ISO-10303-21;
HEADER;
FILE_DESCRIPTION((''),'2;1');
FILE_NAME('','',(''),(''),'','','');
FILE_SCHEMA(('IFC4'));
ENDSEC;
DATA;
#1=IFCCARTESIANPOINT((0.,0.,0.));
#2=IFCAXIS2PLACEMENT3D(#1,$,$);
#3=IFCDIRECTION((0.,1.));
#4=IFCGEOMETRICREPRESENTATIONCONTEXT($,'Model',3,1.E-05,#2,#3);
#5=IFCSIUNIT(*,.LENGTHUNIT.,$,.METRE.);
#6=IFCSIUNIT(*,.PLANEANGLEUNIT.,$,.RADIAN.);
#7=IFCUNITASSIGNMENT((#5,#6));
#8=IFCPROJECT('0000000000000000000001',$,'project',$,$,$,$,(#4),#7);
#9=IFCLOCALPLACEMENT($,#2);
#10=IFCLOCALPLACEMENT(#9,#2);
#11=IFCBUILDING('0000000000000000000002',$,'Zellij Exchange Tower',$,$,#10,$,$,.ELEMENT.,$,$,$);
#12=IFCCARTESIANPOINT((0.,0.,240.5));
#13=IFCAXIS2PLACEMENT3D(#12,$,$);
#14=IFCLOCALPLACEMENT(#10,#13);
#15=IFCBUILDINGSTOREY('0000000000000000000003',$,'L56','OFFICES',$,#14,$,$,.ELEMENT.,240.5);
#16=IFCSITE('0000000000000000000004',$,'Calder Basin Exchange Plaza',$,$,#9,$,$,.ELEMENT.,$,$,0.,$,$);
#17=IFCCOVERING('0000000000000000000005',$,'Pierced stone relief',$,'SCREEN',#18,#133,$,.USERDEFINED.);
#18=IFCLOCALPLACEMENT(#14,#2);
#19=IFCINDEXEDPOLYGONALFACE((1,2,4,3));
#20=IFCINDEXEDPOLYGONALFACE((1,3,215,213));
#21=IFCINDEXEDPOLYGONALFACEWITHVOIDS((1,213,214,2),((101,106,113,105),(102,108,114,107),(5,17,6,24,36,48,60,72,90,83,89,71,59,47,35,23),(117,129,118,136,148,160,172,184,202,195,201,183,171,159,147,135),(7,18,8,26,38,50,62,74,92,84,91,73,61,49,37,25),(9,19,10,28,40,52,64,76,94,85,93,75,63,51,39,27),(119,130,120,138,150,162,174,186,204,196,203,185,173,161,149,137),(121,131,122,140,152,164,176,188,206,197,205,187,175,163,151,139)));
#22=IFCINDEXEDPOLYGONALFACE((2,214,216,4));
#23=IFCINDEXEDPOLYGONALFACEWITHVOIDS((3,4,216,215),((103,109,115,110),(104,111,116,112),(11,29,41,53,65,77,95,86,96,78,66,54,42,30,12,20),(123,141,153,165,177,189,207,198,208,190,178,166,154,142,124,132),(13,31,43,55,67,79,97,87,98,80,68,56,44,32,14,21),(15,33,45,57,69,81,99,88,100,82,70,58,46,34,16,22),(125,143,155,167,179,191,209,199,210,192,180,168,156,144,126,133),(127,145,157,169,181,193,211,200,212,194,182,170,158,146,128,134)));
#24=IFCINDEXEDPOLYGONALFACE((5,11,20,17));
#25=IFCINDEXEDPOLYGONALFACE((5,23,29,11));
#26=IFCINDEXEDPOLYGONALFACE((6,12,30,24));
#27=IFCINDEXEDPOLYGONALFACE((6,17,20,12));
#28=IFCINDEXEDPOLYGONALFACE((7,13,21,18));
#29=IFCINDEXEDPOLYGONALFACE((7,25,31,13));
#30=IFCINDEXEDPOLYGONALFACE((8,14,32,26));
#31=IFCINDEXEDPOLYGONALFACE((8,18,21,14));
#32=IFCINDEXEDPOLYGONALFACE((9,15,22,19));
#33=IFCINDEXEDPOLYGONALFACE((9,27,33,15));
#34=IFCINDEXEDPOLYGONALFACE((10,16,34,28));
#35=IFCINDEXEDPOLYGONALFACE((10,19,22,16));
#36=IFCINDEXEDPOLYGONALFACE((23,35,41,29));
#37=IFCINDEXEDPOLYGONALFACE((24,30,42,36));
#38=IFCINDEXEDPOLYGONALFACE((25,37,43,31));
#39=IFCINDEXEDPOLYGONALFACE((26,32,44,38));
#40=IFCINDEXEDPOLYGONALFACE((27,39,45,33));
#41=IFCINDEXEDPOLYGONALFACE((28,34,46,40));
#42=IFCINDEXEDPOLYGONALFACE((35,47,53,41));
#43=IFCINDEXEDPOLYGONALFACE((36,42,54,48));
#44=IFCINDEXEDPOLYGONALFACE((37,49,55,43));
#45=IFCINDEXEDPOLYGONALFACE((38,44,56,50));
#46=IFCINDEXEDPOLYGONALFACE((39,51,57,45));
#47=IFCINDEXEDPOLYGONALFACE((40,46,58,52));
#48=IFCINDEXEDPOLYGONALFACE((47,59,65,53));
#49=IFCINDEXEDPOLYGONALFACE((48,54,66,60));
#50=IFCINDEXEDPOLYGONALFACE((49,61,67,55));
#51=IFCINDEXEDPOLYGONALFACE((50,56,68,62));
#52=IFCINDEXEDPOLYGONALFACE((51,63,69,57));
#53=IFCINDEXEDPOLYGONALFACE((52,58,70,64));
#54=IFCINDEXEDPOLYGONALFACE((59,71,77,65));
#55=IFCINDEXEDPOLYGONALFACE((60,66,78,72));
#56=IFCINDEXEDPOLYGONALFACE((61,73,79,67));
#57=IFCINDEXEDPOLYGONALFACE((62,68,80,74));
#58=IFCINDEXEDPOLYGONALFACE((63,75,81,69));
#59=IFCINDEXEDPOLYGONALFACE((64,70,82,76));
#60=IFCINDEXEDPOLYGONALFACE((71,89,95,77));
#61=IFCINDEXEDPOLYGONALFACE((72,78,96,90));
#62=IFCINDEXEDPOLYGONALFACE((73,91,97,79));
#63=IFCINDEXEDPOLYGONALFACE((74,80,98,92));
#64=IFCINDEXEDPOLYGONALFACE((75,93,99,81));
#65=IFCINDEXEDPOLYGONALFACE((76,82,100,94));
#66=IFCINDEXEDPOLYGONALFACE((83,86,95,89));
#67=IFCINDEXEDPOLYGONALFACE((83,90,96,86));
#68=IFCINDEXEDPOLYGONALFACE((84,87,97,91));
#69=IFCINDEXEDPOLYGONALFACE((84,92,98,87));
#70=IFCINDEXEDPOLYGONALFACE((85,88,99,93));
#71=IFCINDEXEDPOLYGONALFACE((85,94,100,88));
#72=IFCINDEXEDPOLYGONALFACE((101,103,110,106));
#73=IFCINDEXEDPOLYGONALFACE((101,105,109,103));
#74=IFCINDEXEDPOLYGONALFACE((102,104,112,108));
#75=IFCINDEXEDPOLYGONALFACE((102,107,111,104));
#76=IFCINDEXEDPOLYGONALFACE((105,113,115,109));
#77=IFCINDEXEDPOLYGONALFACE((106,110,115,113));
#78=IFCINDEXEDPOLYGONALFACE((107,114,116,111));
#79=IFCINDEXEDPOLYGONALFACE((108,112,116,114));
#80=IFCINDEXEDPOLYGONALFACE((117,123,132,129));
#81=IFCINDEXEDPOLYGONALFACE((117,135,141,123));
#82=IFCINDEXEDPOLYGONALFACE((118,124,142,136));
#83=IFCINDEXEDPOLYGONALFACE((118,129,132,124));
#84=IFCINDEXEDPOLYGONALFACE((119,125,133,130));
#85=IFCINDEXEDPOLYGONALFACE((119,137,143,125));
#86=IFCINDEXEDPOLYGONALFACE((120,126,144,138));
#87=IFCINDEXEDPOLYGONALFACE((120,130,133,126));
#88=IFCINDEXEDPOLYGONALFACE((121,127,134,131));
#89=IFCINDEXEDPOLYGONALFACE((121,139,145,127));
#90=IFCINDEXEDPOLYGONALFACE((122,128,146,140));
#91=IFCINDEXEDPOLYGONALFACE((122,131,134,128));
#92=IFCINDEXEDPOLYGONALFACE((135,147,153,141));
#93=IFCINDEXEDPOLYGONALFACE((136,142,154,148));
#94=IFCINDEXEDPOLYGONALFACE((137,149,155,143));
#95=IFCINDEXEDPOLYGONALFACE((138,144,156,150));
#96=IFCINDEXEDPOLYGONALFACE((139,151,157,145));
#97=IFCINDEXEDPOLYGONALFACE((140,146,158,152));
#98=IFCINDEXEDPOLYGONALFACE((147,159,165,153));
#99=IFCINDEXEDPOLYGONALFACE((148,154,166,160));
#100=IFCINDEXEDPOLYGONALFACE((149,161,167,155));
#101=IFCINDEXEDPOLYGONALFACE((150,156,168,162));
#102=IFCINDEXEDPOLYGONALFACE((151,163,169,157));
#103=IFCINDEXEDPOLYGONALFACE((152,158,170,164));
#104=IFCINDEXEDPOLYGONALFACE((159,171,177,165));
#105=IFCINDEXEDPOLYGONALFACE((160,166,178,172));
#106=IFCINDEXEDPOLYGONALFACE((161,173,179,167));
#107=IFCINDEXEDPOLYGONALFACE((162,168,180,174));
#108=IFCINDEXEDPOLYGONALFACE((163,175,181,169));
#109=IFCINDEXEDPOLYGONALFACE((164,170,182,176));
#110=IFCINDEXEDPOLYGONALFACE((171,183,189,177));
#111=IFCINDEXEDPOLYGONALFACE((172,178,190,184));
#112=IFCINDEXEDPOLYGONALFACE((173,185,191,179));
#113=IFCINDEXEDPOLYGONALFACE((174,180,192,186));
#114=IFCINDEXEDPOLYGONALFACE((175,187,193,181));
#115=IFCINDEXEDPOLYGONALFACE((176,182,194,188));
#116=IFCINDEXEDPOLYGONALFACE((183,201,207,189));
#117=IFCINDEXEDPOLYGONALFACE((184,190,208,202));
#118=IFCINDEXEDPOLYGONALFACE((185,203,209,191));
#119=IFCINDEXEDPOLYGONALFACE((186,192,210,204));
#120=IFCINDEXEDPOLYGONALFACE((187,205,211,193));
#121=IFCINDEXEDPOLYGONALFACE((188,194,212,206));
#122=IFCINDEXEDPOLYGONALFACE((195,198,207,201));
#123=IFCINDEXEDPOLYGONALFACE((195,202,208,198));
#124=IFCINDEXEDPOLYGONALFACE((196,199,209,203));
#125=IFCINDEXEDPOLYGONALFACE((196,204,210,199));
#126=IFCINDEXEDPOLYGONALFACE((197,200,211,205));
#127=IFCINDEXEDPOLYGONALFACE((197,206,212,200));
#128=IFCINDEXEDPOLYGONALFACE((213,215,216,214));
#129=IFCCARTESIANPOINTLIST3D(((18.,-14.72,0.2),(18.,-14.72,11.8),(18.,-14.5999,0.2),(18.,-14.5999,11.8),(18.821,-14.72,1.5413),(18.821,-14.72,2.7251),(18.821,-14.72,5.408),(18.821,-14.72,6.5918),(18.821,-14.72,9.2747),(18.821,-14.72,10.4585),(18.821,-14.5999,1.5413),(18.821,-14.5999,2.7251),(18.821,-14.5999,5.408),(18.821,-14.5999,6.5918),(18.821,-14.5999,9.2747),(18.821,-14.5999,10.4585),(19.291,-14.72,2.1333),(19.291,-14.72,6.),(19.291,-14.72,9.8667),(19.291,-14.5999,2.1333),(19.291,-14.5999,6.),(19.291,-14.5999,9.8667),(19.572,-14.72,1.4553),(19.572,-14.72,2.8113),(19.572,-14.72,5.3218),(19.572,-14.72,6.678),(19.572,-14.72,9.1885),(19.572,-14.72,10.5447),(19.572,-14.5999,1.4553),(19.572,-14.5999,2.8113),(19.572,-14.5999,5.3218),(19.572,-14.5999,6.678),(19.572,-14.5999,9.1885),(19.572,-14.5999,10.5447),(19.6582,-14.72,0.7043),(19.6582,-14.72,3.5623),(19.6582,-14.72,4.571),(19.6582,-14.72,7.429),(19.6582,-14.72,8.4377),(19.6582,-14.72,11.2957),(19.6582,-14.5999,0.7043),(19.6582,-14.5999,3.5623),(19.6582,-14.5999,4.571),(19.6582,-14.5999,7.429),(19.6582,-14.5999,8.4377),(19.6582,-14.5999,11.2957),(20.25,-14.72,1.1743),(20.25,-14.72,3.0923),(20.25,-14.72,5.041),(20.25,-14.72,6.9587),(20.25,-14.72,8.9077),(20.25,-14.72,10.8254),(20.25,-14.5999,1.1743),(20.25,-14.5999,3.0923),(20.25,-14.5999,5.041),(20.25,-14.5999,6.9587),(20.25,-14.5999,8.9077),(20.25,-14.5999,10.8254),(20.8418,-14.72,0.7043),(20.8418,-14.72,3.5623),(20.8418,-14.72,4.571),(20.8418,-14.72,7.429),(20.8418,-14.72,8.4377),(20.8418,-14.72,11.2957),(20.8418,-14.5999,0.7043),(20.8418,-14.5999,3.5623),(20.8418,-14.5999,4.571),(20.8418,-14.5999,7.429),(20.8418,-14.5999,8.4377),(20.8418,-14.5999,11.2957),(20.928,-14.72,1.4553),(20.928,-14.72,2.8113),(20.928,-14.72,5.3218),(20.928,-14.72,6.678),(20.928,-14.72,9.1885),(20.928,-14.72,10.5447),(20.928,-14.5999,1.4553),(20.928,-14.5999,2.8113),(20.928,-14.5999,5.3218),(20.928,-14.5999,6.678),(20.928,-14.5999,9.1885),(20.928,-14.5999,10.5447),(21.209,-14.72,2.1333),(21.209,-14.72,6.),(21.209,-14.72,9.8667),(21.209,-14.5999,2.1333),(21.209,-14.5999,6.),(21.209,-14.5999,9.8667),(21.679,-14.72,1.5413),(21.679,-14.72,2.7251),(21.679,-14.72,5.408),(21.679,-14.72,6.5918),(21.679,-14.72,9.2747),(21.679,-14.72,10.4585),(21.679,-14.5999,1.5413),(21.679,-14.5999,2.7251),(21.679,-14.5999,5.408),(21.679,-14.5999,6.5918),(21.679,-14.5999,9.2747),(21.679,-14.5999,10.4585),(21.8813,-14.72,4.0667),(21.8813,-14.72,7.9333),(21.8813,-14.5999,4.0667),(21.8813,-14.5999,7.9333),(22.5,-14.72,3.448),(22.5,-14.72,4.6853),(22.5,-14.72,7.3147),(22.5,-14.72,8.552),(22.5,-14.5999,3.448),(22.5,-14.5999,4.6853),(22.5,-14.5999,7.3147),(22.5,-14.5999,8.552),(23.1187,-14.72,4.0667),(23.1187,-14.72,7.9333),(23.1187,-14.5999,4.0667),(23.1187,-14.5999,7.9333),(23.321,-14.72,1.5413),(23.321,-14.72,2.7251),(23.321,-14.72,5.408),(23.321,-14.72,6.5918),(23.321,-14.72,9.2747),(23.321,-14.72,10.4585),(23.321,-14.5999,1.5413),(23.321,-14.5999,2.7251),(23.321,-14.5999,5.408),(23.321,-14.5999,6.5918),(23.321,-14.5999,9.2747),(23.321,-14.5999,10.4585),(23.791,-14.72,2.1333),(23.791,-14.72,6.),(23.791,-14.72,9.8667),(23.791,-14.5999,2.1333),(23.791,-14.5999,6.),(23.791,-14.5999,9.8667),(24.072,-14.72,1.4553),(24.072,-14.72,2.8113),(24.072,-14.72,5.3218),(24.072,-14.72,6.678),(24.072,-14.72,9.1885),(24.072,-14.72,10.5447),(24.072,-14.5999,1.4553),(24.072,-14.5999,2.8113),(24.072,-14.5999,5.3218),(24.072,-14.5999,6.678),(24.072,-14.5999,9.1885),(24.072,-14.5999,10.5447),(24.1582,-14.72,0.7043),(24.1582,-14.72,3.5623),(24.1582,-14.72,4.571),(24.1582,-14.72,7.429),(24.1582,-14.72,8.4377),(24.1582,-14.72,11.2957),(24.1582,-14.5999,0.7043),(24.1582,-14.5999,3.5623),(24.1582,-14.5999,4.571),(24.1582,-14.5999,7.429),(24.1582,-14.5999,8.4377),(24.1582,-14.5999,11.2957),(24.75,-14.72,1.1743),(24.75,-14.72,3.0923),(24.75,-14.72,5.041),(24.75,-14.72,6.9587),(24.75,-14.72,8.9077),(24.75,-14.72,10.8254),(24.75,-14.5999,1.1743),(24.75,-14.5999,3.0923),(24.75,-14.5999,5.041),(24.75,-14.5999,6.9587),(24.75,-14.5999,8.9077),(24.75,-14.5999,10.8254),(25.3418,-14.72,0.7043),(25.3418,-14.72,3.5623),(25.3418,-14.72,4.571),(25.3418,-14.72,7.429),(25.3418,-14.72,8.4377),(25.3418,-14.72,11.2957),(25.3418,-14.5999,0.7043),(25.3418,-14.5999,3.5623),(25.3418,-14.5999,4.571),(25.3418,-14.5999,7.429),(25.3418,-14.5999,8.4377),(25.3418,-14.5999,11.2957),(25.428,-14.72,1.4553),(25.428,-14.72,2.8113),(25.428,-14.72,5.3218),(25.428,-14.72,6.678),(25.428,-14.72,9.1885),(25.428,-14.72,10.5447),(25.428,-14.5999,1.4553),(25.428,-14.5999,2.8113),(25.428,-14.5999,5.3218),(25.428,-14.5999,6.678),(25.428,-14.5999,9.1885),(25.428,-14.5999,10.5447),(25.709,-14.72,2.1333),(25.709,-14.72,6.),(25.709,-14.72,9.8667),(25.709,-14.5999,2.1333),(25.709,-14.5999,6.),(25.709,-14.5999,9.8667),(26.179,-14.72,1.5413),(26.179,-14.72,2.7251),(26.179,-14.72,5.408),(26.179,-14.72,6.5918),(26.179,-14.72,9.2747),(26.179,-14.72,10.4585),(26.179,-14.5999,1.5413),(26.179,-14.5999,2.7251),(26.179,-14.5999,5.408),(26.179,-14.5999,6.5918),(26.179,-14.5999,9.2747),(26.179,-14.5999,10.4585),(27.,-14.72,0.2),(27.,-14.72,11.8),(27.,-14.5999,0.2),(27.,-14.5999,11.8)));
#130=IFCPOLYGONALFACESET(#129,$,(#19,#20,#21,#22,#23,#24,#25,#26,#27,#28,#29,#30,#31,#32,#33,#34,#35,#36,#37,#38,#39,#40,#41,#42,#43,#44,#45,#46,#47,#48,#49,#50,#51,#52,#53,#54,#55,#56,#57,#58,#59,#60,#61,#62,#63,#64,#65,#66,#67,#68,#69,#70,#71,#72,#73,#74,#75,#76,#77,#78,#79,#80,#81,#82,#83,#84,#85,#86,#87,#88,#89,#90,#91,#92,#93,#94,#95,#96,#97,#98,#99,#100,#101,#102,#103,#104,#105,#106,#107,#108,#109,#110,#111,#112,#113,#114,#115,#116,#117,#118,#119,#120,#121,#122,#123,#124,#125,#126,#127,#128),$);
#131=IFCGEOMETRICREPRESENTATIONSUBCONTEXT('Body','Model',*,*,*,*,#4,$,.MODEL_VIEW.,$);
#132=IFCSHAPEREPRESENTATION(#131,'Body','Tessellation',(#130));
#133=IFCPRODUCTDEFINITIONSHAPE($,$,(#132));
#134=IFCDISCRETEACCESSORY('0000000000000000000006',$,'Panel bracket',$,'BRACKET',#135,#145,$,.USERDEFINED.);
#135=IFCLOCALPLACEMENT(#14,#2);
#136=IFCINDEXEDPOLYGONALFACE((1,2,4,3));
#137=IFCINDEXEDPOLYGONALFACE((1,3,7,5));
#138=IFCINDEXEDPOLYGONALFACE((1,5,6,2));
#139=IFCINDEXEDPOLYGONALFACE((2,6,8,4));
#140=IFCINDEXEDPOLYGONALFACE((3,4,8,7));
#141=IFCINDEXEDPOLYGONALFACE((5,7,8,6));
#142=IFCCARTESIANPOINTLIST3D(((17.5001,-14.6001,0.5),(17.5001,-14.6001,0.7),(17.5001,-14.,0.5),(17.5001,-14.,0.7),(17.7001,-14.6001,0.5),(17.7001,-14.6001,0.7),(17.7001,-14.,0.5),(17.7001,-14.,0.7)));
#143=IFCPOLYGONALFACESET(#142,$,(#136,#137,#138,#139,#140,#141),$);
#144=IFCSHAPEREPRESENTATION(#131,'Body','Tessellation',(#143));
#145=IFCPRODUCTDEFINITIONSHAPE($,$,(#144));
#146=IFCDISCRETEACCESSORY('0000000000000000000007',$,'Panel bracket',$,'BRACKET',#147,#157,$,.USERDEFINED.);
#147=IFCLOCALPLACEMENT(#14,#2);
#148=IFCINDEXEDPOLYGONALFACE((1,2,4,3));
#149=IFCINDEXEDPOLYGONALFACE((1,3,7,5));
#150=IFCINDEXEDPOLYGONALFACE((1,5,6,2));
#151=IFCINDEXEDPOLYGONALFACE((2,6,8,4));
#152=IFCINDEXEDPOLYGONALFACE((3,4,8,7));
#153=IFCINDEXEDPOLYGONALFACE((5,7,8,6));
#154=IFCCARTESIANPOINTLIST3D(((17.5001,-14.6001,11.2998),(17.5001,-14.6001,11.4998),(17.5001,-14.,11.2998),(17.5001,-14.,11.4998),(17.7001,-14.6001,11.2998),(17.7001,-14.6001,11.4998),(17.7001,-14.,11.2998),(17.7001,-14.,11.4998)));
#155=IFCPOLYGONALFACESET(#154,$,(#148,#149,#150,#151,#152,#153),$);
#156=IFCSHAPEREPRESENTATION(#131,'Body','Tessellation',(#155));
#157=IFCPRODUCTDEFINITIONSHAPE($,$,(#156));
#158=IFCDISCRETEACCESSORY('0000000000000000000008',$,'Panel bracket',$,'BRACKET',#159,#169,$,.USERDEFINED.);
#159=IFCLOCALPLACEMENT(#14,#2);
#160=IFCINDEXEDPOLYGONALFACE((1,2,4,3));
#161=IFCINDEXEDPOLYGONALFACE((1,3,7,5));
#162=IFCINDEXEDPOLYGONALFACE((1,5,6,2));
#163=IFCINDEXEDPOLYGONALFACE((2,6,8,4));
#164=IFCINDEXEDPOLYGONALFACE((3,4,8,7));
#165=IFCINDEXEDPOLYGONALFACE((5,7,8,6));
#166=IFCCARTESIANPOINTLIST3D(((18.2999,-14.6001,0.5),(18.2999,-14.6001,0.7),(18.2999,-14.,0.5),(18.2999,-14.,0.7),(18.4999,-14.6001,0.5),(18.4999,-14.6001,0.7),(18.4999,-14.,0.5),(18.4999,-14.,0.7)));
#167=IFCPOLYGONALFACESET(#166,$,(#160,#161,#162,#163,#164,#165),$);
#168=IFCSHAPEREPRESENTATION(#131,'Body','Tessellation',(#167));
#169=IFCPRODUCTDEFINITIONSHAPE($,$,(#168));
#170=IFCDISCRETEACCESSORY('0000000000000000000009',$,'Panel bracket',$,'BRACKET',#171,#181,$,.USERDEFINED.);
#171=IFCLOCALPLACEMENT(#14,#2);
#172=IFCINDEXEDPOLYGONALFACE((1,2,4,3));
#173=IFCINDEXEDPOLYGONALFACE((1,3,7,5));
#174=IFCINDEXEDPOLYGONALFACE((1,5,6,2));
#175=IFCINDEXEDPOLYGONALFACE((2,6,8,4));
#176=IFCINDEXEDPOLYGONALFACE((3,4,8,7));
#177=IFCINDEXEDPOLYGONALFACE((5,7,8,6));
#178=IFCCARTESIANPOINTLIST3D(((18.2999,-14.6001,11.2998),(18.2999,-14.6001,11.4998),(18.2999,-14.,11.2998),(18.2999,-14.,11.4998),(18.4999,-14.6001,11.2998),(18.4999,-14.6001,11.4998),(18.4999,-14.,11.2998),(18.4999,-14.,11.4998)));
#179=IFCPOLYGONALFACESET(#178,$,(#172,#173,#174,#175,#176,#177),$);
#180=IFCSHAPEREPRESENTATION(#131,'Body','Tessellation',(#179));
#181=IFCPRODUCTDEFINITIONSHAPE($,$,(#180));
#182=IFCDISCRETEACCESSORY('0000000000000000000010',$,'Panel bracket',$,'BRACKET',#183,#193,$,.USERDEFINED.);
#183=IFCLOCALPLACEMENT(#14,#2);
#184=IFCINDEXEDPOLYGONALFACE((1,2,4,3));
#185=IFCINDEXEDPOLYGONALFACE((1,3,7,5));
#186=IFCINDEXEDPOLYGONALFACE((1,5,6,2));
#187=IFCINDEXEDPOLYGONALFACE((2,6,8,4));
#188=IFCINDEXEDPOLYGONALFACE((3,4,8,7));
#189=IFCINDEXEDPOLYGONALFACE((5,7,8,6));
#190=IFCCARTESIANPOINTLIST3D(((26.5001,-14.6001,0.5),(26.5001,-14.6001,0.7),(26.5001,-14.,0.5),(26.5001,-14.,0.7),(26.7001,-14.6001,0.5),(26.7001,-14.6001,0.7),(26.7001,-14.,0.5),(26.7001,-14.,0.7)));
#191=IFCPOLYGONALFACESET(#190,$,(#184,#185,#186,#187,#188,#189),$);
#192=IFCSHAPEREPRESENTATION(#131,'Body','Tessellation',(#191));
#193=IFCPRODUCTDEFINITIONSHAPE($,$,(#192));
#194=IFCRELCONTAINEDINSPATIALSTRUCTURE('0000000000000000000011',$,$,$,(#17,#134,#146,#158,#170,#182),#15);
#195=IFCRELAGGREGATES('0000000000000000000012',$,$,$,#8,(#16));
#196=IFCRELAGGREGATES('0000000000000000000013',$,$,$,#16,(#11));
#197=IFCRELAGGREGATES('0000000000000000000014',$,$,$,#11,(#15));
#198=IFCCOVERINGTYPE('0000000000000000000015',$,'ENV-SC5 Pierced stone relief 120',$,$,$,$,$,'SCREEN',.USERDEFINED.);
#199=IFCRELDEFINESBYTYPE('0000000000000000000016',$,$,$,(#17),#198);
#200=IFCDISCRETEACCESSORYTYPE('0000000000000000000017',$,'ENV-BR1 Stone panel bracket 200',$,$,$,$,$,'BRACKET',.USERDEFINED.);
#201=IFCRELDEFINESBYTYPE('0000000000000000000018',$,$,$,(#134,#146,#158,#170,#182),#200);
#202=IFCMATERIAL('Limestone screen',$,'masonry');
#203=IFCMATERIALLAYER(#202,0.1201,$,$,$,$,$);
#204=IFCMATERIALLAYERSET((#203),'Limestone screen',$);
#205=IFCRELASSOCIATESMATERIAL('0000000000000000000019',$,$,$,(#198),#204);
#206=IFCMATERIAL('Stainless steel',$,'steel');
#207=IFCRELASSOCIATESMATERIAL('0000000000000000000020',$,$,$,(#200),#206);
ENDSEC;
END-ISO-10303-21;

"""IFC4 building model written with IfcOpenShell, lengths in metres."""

from ifc_helpers import new_model, si_unit, direction, frame, origin, origin_2d, place, context, subcontext, project, spatial, polyline, rectangle, outline, extrude, material, layer, layer_set, type_object, element, save


model = new_model("IFC4")

# Units and contexts
model_context = context("Model", 3, precision=1e-05, world=origin(), true_north=direction((0.0, 1.0)))
body_context = subcontext(model_context, "Body", "Model", "MODEL_VIEW")
ifc_project = project(units=[si_unit("LENGTHUNIT", "METRE"), si_unit("PLANEANGLEUNIT", "RADIAN")], contexts=[model_context])

# Site, building, storey
site_placement = place(None, origin())
site = spatial("IfcSite", under=ifc_project, at=site_placement, Name="Calder Basin Exchange Plaza", CompositionType="ELEMENT", RefElevation=0.0)
building_placement = place(site_placement, origin())
building = spatial("IfcBuilding", under=site, at=building_placement, Name="Zellij Exchange Tower", CompositionType="ELEMENT")
storey_placement = place(building_placement, frame((0.0, 0.0, 240.5)))
storey = spatial("IfcBuildingStorey", under=building, at=storey_placement, Name="L56", Description="OFFICES", CompositionType="ELEMENT", Elevation=240.5)

# Shared definitions
ifc_material_1 = material(Name="Stainless steel", Category="steel")

# Covering
ifc_material_2 = material(Name="Limestone screen", Category="masonry")
ifc_layer_1 = layer(ifc_material_2, 0.1201)
ifc_layer_set_1 = layer_set([ifc_layer_1], Name="Limestone screen")
covering_type = type_object("IfcCoveringType", Name="ENV-SC5 Pierced stone relief 120", ElementType="SCREEN", PredefinedType="USERDEFINED", material=ifc_layer_set_1)
covering_placement = place(storey_placement, frame((18.0, -14.6599, 0.2), z_axis=(0.0, 0.0, 1.0), x_axis=(1.0, 0.0, 0.0)))
element("IfcCovering", 1, at=covering_placement, inside=storey, type_object=covering_type, Name="Pierced stone relief", ObjectType="SCREEN", PredefinedType="USERDEFINED", context=body_context, shape_type="SweptSolid", body=[
    extrude(outline(polyline([(0.0, 0.0), (9.0, 0.0), (9.0, 11.6001), (0.0, 11.6001), (0.0, 0.0)]), holes=[polyline([(3.679, 2.5251), (2.928, 2.6113), (2.8418, 3.3623), (2.25, 2.8923), (1.6582, 3.3623), (1.572, 2.6113), (0.821, 2.5251), (1.291, 1.9333), (0.821, 1.3413), (1.572, 1.2554), (1.6582, 0.5044), (2.25, 0.9744), (2.8418, 0.5044), (2.928, 1.2554), (3.679, 1.3413), (3.209, 1.9333), (3.679, 2.5251)]), polyline([(3.679, 6.3918), (2.928, 6.478), (2.8418, 7.229), (2.25, 6.7588), (1.6582, 7.229), (1.572, 6.478), (0.821, 6.3918), (1.291, 5.8), (0.821, 5.208), (1.572, 5.1218), (1.6582, 4.3711), (2.25, 4.8411), (2.8418, 4.3711), (2.928, 5.1218), (3.679, 5.208), (3.209, 5.8), (3.679, 6.3918)]), polyline([(3.679, 10.2585), (2.928, 10.3447), (2.8418, 11.0957), (2.25, 10.6255), (1.6582, 11.0957), (1.572, 10.3447), (0.821, 10.2585), (1.291, 9.6667), (0.821, 9.0747), (1.572, 8.9885), (1.6582, 8.2378), (2.25, 8.7078), (2.8418, 8.2378), (2.928, 8.9885), (3.679, 9.0747), (3.209, 9.6667), (3.679, 10.2585)]), polyline([(8.179, 2.5251), (7.428, 2.6113), (7.3418, 3.3623), (6.75, 2.8923), (6.1582, 3.3623), (6.072, 2.6113), (5.321, 2.5251), (5.791, 1.9333), (5.321, 1.3413), (6.072, 1.2554), (6.1582, 0.5044), (6.75, 0.9744), (7.3418, 0.5044), (7.428, 1.2554), (8.179, 1.3413), (7.709, 1.9333), (8.179, 2.5251)]), polyline([(8.179, 6.3918), (7.428, 6.478), (7.3418, 7.229), (6.75, 6.7588), (6.1582, 7.229), (6.072, 6.478), (5.321, 6.3918), (5.791, 5.8), (5.321, 5.208), (6.072, 5.1218), (6.1582, 4.3711), (6.75, 4.8411), (7.3418, 4.3711), (7.428, 5.1218), (8.179, 5.208), (7.709, 5.8), (8.179, 6.3918)]), polyline([(8.179, 10.2585), (7.428, 10.3447), (7.3418, 11.0957), (6.75, 10.6255), (6.1582, 11.0957), (6.072, 10.3447), (5.321, 10.2585), (5.791, 9.6667), (5.321, 9.0747), (6.072, 8.9885), (6.1582, 8.2378), (6.75, 8.7078), (7.3418, 8.2378), (7.428, 8.9885), (8.179, 9.0747), (7.709, 9.6667), (8.179, 10.2585)]), polyline([(5.1187, 3.8667), (4.5, 4.4854), (3.8813, 3.8667), (4.5, 3.248), (5.1187, 3.8667)]), polyline([(5.1187, 7.7334), (4.5, 8.3521), (3.8813, 7.7334), (4.5, 7.1147), (5.1187, 7.7334)])]), frame((0.0, 0.0601, 0.0), z_axis=(0.0, -1.0, 0.0), x_axis=(1.0, 0.0, 0.0)), (0.0, 0.0, 1.0), 0.1201),
])

# Discrete accessories
discrete_accessory_type = type_object("IfcDiscreteAccessoryType", Name="ENV-BR1 Stone panel bracket 200", ElementType="BRACKET", PredefinedType="USERDEFINED", material=ifc_material_1)
for number, where, z_axis, x_axis, name in (
    (2, (17.6001, -14.3, 0.5), (0.0, 0.0, 1.0), (1.0, 0.0, 0.0), "Panel bracket"),
    (3, (17.6001, -14.3, 11.2998), (0.0, 0.0, 1.0), (1.0, 0.0, 0.0), "Panel bracket"),
    (4, (18.3999, -14.3, 0.5), (0.0, 0.0, 1.0), (1.0, 0.0, 0.0), "Panel bracket"),
    (5, (18.3999, -14.3, 11.2998), (0.0, 0.0, 1.0), (1.0, 0.0, 0.0), "Panel bracket"),
    (6, (26.6001, -14.3, 0.5), (0.0, 0.0, 1.0), (1.0, 0.0, 0.0), "Panel bracket"),
):
    element("IfcDiscreteAccessory", number, at=place(storey_placement, frame(where, z_axis=z_axis, x_axis=x_axis)), inside=storey, type_object=discrete_accessory_type, Name=name, ObjectType="BRACKET", PredefinedType="USERDEFINED", context=body_context, shape_type="SweptSolid", body=[
        extrude(rectangle(XDim=0.2, YDim=0.6001, at=origin_2d()), origin(), (0.0, 0.0, 1.0), 0.2),
    ])

save(model, "model.ifc")
